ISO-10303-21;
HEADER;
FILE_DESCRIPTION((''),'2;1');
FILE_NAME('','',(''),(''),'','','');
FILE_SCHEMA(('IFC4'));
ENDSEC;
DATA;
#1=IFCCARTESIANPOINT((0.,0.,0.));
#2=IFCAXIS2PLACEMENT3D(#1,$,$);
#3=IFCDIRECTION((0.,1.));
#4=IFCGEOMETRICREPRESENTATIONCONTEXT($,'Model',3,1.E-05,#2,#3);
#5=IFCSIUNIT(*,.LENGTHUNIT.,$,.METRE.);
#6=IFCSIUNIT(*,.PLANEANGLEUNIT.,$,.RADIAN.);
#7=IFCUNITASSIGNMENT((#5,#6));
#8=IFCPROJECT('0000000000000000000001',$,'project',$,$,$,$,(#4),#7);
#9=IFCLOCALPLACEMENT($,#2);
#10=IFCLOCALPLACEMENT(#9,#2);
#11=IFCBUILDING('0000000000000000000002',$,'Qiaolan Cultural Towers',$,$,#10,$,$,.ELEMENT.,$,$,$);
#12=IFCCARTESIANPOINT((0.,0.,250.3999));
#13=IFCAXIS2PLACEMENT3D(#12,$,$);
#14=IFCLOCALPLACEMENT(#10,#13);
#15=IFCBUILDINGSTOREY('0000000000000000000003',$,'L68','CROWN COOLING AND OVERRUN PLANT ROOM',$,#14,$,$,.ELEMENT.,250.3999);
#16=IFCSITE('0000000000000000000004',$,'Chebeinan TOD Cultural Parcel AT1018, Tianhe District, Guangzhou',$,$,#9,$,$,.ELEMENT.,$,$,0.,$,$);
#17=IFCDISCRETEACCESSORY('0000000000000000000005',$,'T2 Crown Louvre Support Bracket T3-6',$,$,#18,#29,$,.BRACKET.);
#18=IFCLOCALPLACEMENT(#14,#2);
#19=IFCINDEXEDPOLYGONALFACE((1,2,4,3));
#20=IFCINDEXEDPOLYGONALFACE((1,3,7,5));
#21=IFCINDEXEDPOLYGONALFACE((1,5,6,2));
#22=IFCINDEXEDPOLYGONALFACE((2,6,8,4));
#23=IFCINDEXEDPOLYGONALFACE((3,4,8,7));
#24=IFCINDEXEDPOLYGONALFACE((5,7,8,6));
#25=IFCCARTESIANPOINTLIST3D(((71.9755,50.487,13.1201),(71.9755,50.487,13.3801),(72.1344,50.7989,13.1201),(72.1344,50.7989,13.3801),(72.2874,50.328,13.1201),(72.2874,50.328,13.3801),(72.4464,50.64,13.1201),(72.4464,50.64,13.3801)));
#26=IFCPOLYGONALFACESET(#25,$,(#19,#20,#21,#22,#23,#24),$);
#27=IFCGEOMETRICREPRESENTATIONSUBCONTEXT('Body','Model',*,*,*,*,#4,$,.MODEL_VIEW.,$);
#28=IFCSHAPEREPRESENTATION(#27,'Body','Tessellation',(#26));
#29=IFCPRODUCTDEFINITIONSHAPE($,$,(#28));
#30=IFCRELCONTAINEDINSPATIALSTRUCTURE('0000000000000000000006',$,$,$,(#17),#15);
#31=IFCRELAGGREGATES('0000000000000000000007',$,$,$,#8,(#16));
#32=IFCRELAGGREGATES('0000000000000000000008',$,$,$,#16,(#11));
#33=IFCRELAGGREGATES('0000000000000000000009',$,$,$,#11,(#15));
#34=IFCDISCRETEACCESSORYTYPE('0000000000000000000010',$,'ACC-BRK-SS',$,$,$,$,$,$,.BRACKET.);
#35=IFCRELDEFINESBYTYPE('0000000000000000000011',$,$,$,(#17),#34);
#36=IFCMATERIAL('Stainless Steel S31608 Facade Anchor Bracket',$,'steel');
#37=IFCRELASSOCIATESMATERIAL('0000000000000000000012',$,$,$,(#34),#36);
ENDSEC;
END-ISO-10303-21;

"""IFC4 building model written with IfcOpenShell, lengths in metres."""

from ifc_helpers import new_model, si_unit, direction, frame, origin, origin_2d, place, context, subcontext, project, spatial, rectangle, extrude, material, type_object, element, save


model = new_model("IFC4")

# Units and contexts
model_context = context("Model", 3, precision=1e-05, world=origin(), true_north=direction((0.0, 1.0)))
body_context = subcontext(model_context, "Body", "Model", "MODEL_VIEW")
ifc_project = project(units=[si_unit("LENGTHUNIT", "METRE"), si_unit("PLANEANGLEUNIT", "RADIAN")], contexts=[model_context])

# Site, building, storey
site_placement = place(None, origin())
site = spatial("IfcSite", under=ifc_project, at=site_placement, Name="Chebeinan TOD Cultural Parcel AT1018, Tianhe District, Guangzhou", CompositionType="ELEMENT", RefElevation=0.0)
building_placement = place(site_placement, origin())
building = spatial("IfcBuilding", under=site, at=building_placement, Name="Qiaolan Cultural Towers", CompositionType="ELEMENT")
storey_placement = place(building_placement, frame((0.0, 0.0, 250.3999)))
storey = spatial("IfcBuildingStorey", under=building, at=storey_placement, Name="L68", Description="CROWN COOLING AND OVERRUN PLANT ROOM", CompositionType="ELEMENT", Elevation=250.3999)

# Discrete accessory
ifc_material_1 = material(Name="Stainless Steel S31608 Facade Anchor Bracket", Category="steel")
discrete_accessory_type = type_object("IfcDiscreteAccessoryType", Name="ACC-BRK-SS", PredefinedType="BRACKET", material=ifc_material_1)
for number, where, z_axis, x_axis, name in (
    (1, (72.2109, 50.5635, 13.1201), (0.0, 0.0, 1.0), (-0.453991, -0.891006, 0.0), "T2 Crown Louvre Support Bracket T3-6"),
):
    element("IfcDiscreteAccessory", number, at=place(storey_placement, frame(where, z_axis=z_axis, x_axis=x_axis)), inside=storey, type_object=discrete_accessory_type, Name=name, PredefinedType="BRACKET", context=body_context, shape_type="SweptSolid", body=[
        extrude(rectangle(XDim=0.3501, YDim=0.3501, at=origin_2d()), origin(), (0.0, 0.0, 1.0), 0.26),
    ])

save(model, "model.ifc")
